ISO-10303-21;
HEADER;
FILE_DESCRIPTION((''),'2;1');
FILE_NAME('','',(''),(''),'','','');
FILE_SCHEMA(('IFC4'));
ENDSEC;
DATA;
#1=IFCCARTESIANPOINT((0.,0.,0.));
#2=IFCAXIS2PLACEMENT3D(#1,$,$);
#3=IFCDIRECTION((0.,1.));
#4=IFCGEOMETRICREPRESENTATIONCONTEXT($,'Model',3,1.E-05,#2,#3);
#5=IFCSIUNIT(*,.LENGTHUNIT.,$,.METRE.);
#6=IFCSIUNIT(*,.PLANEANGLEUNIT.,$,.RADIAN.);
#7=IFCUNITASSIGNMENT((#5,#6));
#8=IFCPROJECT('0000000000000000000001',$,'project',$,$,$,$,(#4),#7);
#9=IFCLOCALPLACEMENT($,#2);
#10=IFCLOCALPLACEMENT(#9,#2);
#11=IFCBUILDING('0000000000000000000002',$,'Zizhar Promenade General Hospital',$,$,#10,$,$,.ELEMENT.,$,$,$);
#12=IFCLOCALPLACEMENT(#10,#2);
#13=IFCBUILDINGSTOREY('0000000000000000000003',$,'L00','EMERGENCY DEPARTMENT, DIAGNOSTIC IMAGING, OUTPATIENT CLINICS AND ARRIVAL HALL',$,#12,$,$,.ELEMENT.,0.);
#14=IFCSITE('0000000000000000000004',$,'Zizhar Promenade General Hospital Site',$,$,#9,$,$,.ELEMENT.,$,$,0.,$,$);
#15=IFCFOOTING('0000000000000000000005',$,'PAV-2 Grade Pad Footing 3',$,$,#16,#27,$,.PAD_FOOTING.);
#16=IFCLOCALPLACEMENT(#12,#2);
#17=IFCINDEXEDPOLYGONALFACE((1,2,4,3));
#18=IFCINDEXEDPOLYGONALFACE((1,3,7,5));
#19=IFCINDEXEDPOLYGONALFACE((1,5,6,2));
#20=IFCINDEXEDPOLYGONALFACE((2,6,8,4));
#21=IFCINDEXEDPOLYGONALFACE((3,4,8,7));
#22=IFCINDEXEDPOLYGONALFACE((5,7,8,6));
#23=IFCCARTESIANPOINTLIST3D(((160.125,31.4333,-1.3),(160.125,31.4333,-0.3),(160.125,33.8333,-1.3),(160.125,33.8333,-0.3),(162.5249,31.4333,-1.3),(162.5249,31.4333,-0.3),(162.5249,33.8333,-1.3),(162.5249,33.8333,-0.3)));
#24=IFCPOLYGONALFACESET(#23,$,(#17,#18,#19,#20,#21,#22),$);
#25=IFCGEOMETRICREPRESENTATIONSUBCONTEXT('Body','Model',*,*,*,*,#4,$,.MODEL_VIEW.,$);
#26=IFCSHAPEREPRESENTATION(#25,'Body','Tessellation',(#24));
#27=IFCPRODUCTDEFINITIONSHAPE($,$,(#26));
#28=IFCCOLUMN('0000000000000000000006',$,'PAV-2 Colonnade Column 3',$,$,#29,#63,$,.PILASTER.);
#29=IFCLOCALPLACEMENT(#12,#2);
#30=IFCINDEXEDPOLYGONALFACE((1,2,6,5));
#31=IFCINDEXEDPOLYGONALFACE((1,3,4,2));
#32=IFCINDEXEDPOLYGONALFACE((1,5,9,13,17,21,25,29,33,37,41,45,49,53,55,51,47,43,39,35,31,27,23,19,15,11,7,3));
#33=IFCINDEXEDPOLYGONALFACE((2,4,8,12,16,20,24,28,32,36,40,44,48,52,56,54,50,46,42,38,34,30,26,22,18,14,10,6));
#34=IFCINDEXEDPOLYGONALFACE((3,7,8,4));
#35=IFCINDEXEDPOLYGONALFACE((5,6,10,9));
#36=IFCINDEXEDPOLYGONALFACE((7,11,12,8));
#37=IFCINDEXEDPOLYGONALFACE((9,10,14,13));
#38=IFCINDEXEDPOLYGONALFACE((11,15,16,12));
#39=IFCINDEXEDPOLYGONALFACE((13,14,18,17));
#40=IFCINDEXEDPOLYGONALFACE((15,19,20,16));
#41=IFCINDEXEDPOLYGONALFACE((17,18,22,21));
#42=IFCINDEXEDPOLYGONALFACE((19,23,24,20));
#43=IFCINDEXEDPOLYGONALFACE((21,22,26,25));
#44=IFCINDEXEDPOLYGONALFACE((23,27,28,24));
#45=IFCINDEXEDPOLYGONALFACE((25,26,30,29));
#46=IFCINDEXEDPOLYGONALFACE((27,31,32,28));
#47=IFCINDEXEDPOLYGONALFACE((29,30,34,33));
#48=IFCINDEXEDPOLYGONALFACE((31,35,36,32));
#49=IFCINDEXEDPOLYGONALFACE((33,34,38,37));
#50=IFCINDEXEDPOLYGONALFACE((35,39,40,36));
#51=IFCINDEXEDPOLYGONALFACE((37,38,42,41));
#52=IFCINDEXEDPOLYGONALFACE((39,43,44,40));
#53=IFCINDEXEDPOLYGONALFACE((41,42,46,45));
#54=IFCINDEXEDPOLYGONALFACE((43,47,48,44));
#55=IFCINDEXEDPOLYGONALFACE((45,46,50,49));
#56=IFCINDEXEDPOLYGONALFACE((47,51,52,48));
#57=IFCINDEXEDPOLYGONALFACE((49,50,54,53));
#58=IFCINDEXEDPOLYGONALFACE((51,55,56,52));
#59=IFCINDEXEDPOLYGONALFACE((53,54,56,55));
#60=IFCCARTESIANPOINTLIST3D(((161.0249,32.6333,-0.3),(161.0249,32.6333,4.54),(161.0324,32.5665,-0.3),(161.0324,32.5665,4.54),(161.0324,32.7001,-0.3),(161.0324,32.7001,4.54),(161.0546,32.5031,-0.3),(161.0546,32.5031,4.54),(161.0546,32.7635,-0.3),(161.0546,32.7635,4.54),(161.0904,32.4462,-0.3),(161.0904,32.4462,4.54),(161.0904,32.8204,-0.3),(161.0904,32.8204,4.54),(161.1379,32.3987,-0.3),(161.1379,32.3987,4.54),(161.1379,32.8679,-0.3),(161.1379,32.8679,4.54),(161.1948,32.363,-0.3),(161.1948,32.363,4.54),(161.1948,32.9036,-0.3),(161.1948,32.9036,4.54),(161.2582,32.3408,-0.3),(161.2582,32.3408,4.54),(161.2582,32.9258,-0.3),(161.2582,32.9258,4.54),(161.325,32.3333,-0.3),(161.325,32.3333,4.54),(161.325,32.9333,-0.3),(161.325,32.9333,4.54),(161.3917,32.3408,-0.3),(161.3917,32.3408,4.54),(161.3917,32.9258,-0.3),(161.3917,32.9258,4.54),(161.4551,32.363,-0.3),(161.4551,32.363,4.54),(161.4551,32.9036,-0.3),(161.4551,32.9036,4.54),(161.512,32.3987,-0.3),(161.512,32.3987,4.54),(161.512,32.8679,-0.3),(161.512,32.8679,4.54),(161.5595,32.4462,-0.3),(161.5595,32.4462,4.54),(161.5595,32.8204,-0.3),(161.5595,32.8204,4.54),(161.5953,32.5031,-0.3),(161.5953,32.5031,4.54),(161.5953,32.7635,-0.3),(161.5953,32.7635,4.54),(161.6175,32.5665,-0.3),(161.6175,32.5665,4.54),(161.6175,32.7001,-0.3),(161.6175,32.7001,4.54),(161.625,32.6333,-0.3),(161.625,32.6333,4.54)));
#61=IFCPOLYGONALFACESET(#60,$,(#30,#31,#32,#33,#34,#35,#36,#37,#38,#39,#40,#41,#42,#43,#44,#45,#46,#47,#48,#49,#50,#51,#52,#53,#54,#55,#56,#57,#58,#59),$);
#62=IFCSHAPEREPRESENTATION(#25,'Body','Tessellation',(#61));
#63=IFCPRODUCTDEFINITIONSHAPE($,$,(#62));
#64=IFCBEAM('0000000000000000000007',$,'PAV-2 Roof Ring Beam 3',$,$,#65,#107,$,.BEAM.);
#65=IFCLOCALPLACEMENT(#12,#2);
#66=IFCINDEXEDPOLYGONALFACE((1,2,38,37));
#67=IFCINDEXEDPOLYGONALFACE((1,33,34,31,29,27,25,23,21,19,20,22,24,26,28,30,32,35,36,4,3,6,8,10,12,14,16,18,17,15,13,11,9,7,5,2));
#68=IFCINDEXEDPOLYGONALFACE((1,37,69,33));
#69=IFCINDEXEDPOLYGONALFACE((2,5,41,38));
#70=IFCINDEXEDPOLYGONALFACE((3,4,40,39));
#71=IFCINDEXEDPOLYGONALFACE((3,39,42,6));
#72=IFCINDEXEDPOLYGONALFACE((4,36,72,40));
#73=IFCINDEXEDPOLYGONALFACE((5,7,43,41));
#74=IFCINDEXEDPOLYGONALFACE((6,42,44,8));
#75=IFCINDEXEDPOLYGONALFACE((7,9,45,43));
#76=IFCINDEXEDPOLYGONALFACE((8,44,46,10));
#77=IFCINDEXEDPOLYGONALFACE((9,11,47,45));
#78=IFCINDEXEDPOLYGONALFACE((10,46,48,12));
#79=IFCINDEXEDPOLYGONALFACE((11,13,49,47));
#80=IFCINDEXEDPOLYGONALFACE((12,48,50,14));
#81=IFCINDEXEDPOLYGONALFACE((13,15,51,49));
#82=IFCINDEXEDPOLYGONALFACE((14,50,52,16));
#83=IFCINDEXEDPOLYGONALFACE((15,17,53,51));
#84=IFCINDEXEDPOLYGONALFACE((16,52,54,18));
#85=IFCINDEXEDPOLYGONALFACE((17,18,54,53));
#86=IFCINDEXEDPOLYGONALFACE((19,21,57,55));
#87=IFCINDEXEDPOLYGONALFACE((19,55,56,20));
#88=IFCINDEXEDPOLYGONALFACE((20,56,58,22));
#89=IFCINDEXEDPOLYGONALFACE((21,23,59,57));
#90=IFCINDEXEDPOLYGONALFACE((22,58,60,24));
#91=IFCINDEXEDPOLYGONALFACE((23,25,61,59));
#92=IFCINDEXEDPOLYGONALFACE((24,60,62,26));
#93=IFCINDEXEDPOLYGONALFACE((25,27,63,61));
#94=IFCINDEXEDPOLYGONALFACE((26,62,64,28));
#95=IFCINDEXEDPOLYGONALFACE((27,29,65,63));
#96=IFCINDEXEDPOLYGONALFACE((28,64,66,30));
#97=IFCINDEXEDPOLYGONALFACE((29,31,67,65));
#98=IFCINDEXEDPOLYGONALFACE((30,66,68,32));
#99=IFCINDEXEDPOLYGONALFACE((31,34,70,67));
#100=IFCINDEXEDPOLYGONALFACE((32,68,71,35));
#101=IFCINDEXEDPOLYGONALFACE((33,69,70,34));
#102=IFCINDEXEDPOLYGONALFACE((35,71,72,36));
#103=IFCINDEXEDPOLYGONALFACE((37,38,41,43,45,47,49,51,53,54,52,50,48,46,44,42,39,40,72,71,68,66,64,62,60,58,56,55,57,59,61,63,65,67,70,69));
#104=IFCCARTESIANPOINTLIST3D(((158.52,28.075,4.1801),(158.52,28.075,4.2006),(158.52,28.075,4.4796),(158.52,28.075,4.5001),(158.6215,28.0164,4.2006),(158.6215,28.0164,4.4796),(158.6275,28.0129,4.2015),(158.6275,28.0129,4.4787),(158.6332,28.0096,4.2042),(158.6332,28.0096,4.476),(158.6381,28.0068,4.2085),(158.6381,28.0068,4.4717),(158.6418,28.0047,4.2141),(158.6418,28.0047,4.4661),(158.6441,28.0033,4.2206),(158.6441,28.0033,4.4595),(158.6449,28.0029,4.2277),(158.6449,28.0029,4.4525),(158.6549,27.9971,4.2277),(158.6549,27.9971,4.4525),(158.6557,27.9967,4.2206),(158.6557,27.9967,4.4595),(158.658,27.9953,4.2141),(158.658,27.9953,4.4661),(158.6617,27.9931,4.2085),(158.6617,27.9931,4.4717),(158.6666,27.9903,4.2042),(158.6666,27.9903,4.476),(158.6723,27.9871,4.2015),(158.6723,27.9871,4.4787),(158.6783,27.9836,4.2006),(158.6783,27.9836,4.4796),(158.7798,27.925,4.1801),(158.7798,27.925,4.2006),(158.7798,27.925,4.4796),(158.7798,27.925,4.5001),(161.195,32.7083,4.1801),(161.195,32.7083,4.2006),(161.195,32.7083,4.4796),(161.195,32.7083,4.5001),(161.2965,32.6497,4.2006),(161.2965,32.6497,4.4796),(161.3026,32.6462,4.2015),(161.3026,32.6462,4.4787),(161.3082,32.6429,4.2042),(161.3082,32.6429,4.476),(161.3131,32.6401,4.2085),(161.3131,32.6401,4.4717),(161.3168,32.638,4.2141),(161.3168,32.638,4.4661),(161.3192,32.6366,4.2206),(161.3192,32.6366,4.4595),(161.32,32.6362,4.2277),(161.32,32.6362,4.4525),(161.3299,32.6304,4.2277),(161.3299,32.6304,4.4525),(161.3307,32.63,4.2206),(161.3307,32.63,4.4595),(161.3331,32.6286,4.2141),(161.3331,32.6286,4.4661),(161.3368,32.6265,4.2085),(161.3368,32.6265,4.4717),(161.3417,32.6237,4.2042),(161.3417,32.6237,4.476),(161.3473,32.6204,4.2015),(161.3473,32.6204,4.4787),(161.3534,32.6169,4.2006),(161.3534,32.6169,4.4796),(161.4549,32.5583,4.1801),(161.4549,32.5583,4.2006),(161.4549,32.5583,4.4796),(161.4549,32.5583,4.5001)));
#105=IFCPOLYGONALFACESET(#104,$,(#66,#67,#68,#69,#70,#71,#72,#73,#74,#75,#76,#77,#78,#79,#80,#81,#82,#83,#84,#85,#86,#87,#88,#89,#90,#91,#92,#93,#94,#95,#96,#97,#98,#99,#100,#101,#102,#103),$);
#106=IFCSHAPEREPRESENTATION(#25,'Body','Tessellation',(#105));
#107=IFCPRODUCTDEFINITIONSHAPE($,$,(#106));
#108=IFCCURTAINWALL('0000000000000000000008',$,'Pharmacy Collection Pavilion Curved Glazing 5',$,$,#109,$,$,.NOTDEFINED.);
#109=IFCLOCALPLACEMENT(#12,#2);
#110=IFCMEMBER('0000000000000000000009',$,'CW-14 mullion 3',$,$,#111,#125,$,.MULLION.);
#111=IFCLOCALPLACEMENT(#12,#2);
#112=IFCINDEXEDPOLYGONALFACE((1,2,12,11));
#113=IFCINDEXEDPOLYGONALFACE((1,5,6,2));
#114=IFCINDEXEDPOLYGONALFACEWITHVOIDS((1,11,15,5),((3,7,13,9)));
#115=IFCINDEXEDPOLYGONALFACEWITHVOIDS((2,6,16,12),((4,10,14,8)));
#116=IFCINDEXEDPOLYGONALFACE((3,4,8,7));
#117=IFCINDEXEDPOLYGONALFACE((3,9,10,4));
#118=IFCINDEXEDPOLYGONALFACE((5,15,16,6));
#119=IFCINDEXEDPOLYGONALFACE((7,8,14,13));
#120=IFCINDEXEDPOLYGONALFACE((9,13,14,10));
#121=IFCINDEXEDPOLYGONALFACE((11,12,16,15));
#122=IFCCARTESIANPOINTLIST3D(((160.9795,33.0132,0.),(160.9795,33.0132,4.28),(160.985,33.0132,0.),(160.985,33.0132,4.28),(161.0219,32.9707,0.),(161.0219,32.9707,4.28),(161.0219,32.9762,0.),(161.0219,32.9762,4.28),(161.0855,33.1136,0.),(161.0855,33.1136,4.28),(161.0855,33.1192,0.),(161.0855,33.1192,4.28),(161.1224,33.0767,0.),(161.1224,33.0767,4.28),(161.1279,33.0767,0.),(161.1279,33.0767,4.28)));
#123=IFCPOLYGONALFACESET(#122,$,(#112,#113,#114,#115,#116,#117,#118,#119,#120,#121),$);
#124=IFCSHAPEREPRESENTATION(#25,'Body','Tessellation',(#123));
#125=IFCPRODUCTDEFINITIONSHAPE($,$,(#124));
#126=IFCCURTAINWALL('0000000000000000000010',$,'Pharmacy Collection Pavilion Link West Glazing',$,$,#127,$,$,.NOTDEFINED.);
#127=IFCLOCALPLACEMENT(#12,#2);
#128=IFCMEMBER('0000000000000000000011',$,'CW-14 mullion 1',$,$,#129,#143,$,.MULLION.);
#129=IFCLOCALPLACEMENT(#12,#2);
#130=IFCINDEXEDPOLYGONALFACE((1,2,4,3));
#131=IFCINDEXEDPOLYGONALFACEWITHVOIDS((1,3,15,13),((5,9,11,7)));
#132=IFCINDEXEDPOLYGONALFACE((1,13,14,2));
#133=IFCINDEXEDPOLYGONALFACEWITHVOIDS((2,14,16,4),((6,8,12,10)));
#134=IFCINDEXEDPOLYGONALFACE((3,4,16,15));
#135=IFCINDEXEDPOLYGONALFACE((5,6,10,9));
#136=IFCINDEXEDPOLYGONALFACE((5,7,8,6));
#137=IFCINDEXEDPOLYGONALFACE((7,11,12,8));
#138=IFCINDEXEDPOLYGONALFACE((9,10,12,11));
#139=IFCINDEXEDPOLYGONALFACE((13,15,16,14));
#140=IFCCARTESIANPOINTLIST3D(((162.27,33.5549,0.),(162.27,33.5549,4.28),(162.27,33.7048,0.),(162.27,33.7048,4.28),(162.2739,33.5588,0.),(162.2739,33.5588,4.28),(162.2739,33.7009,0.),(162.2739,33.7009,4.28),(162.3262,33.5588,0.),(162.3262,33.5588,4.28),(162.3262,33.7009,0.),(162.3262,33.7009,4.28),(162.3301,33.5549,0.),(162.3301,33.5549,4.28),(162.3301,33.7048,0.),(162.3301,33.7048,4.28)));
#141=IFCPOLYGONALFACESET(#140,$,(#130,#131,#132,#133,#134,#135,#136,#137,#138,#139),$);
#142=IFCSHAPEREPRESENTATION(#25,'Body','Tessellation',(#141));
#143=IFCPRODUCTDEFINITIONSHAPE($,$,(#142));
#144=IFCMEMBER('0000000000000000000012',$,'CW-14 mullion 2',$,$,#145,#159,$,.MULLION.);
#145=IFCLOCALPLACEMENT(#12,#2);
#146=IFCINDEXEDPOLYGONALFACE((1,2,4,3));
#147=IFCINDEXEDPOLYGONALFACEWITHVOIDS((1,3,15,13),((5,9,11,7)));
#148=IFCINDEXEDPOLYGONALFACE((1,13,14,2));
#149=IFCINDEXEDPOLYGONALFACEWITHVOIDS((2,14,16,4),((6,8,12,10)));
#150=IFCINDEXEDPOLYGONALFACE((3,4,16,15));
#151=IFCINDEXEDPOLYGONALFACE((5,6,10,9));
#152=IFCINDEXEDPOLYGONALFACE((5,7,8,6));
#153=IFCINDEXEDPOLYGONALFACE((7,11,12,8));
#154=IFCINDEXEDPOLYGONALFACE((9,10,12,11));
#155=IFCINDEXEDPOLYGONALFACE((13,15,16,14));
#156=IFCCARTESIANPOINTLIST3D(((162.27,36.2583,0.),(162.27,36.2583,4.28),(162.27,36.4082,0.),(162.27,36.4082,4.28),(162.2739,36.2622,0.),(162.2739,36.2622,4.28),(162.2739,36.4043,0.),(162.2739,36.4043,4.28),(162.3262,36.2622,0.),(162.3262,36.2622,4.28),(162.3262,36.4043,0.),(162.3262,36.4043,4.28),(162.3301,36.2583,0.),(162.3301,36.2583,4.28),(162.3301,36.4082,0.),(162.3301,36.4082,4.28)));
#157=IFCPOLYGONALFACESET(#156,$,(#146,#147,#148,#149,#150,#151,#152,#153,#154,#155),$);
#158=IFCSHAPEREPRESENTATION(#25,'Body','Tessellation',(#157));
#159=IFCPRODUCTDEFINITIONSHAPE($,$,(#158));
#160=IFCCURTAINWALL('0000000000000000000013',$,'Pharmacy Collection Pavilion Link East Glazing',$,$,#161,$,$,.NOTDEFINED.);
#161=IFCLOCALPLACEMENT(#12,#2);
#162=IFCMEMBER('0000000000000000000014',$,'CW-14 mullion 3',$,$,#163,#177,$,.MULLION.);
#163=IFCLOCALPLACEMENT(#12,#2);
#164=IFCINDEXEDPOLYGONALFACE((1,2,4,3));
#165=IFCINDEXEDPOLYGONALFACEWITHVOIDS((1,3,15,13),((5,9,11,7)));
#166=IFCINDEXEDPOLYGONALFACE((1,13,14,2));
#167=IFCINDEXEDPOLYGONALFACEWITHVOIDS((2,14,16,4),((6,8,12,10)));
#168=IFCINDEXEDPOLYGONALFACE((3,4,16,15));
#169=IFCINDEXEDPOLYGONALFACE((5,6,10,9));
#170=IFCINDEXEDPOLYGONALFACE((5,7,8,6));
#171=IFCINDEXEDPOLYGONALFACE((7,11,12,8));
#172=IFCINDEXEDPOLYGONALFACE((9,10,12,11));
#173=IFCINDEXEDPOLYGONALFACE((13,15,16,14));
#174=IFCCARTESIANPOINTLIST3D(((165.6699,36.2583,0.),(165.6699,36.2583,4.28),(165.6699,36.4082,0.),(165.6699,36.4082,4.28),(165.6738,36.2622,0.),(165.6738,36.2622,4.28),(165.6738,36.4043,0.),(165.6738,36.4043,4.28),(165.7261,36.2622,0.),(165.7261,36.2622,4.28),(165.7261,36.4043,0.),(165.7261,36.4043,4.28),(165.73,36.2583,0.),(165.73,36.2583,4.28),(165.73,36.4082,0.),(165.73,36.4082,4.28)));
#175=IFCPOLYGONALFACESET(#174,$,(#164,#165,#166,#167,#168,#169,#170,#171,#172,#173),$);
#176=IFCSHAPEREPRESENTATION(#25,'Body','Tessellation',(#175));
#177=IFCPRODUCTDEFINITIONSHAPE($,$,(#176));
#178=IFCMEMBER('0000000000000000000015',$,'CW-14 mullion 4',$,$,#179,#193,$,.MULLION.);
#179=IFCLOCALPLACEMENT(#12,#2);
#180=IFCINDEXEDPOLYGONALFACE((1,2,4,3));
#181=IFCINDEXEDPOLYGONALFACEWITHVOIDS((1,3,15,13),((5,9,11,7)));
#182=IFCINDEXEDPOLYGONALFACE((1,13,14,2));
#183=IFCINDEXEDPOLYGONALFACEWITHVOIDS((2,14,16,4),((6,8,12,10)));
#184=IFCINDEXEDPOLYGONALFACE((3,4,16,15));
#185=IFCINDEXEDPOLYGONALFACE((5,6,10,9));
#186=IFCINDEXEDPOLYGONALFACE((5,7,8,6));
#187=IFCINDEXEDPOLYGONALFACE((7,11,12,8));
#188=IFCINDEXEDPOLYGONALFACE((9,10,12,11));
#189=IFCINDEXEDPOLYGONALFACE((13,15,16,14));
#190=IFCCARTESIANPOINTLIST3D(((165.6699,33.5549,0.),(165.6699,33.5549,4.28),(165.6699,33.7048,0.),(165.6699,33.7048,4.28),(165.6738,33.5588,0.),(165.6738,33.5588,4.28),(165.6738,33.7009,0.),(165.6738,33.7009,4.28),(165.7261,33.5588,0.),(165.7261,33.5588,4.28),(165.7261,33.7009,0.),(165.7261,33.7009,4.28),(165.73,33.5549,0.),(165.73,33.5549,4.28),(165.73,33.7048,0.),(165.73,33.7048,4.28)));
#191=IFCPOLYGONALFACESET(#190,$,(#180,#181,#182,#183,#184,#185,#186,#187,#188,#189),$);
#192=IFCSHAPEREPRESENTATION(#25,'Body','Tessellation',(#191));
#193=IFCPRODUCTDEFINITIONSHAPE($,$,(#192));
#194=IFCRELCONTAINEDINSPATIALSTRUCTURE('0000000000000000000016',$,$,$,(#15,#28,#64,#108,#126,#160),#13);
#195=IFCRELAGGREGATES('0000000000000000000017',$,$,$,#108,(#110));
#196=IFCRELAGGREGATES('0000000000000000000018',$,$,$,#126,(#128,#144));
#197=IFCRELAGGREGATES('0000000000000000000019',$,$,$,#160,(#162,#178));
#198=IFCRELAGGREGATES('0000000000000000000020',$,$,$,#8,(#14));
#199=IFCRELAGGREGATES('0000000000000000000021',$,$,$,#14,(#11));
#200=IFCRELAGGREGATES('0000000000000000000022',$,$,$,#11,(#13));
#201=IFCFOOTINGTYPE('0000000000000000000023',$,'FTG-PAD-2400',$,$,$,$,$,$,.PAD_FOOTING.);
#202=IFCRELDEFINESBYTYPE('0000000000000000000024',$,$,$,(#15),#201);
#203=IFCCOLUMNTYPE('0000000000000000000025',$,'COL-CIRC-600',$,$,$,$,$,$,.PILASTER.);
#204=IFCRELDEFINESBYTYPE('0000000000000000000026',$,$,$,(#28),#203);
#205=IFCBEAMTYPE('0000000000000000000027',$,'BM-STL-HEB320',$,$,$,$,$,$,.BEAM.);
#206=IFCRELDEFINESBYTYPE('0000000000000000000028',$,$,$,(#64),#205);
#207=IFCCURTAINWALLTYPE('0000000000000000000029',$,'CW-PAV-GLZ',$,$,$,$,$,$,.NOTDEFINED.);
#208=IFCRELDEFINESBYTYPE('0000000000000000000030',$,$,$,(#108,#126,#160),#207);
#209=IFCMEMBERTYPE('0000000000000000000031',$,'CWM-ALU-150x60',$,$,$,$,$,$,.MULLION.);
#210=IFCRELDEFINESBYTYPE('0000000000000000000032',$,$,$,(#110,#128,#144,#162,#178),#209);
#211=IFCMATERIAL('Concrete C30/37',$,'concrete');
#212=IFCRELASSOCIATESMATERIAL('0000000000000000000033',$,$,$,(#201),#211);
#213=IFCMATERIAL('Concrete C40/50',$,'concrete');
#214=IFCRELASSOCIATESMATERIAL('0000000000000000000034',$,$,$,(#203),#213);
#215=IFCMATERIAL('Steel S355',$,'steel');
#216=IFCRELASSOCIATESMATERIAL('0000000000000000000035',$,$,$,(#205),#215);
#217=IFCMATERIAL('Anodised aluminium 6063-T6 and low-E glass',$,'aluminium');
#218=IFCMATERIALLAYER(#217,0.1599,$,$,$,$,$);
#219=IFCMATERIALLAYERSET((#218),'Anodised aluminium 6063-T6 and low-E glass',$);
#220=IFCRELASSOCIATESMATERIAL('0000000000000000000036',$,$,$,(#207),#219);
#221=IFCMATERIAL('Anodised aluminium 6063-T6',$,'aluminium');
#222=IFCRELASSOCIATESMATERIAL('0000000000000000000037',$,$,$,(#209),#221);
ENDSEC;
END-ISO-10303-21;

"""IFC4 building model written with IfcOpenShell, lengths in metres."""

from ifc_helpers import new_model, si_unit, direction, frame, origin, origin_2d, place, context, subcontext, project, spatial, rectangle, hollow_rectangle, circle, i_section, extrude, material, layer, layer_set, material_profile, profile_set, type_object, element, aggregate, save


model = new_model("IFC4")

# Units and contexts
model_context = context("Model", 3, precision=1e-05, world=origin(), true_north=direction((0.0, 1.0)))
body_context = subcontext(model_context, "Body", "Model", "MODEL_VIEW")
ifc_project = project(units=[si_unit("LENGTHUNIT", "METRE"), si_unit("PLANEANGLEUNIT", "RADIAN")], contexts=[model_context])

# Site, building, storey
site_placement = place(None, origin())
site = spatial("IfcSite", under=ifc_project, at=site_placement, Name="Zizhar Promenade General Hospital Site", CompositionType="ELEMENT", RefElevation=0.0)
building_placement = place(site_placement, origin())
building = spatial("IfcBuilding", under=site, at=building_placement, Name="Zizhar Promenade General Hospital", CompositionType="ELEMENT")
storey_placement = place(building_placement, origin())
storey = spatial("IfcBuildingStorey", under=building, at=storey_placement, Name="L00", Description="EMERGENCY DEPARTMENT, DIAGNOSTIC IMAGING, OUTPATIENT CLINICS AND ARRIVAL HALL", CompositionType="ELEMENT", Elevation=0.0)

# Footing
ifc_material_1 = material(Name="Concrete C30/37", Category="concrete")
footing_type = type_object("IfcFootingType", Name="FTG-PAD-2400", PredefinedType="PAD_FOOTING", material=ifc_material_1)
footing_placement = place(storey_placement, frame((161.325, 32.6333, -1.3), z_axis=(0.0, 0.0, 1.0), x_axis=(1.0, 0.0, 0.0)))
element("IfcFooting", 1, at=footing_placement, inside=storey, type_object=footing_type, Name="PAV-2 Grade Pad Footing 3", PredefinedType="PAD_FOOTING", context=body_context, shape_type="SweptSolid", body=[
    extrude(rectangle(XDim=2.3999, YDim=2.3999, at=origin_2d()), origin(), (0.0, 0.0, 1.0), 1.0),
])

# Column
ifc_material_2 = material(Name="Concrete C40/50", Category="concrete")
ifc_material_profile_1 = material_profile(ifc_material_2, circle(Radius=0.3, at=origin_2d()))
ifc_profile_set_1 = profile_set([ifc_material_profile_1], Name="Concrete C40/50")
column_type = type_object("IfcColumnType", Name="COL-CIRC-600", PredefinedType="PILASTER", material=ifc_profile_set_1)
column_placement = place(storey_placement, frame((161.325, 32.6333, -0.3), z_axis=(0.0, 0.0, 1.0), x_axis=(1.0, 0.0, 0.0)))
element("IfcColumn", 2, at=column_placement, inside=storey, type_object=column_type, Name="PAV-2 Colonnade Column 3", PredefinedType="PILASTER", context=body_context, shape_type="SweptSolid", body=[
    extrude(circle(Radius=0.3, at=origin_2d()), origin(), (0.0, 0.0, 1.0), 4.8401),
])

# Beam
ifc_material_3 = material(Name="Steel S355", Category="steel")
ifc_material_profile_2 = material_profile(ifc_material_3, i_section(OverallWidth=0.3, OverallDepth=0.3201, WebThickness=0.0115, FlangeThickness=0.0205, FilletRadius=0.0271, at=origin_2d()))
ifc_profile_set_2 = profile_set([ifc_material_profile_2], Name="Steel S355")
beam_type = type_object("IfcBeamType", Name="BM-STL-HEB320", PredefinedType="BEAM", material=ifc_profile_set_2)
beam_placement = place(storey_placement, frame((161.325, 32.6333, 4.3401), z_axis=(-0.500002, -0.866024, 0.0), x_axis=(0.866024, -0.500002, 0.0)))
element("IfcBeam", 3, at=beam_placement, inside=storey, type_object=beam_type, Name="PAV-2 Roof Ring Beam 3", PredefinedType="BEAM", context=body_context, shape_type="SweptSolid", body=[
    extrude(i_section(OverallWidth=0.3, OverallDepth=0.3201, WebThickness=0.0115, FlangeThickness=0.0205, FilletRadius=0.0271, at=origin_2d()), origin(), (0.0, 0.0, 1.0), 5.3501),
])

# Curtain wall, member
ifc_material_4 = material(Name="Anodised aluminium 6063-T6 and low-E glass", Category="aluminium")
ifc_layer_1 = layer(ifc_material_4, 0.1599)
ifc_layer_set_1 = layer_set([ifc_layer_1], Name="Anodised aluminium 6063-T6 and low-E glass")
curtain_wall_type = type_object("IfcCurtainWallType", Name="CW-PAV-GLZ", PredefinedType="NOTDEFINED", material=ifc_layer_set_1)
curtain_wall_1_placement = place(storey_placement, origin())
curtain_wall_1 = element("IfcCurtainWall", 4, at=curtain_wall_1_placement, inside=storey, type_object=curtain_wall_type, Name="Pharmacy Collection Pavilion Curved Glazing 5", PredefinedType="NOTDEFINED")
ifc_material_5 = material(Name="Anodised aluminium 6063-T6", Category="aluminium")
ifc_material_profile_3 = material_profile(ifc_material_5, hollow_rectangle(XDim=0.0601, YDim=0.1499, WallThickness=0.0039, at=origin_2d()))
ifc_profile_set_3 = profile_set([ifc_material_profile_3], Name="Anodised aluminium 6063-T6")
member_type_1 = type_object("IfcMemberType", Name="CWM-ALU-150x60", PredefinedType="MULLION", material=ifc_profile_set_3)
member_1_placement = place(storey_placement, frame((161.0537, 33.0449, 0.0), z_axis=(0.0, 0.0, 1.0), x_axis=(-0.707107, 0.707107, 0.0)))
member_1 = element("IfcMember", 5, at=member_1_placement, type_object=member_type_1, Name="CW-14 mullion 3", PredefinedType="MULLION", context=body_context, shape_type="SweptSolid", body=[
    extrude(hollow_rectangle(XDim=0.0601, YDim=0.1499, WallThickness=0.0039, at=origin_2d()), origin(), (0.0, 0.0, 1.0), 4.28),
])

# Curtain walls, members
curtain_wall_2_placement = place(storey_placement, origin())
curtain_wall_2 = element("IfcCurtainWall", 6, at=curtain_wall_2_placement, inside=storey, type_object=curtain_wall_type, Name="Pharmacy Collection Pavilion Link West Glazing", PredefinedType="NOTDEFINED")
member_2_placement = place(storey_placement, frame((162.3, 33.6299, 0.0), z_axis=(0.0, 0.0, 1.0), x_axis=(-1.0, 0.0, 0.0)))
member_2 = element("IfcMember", 7, at=member_2_placement, type_object=member_type_1, Name="CW-14 mullion 1", PredefinedType="MULLION", context=body_context, shape_type="SweptSolid", body=[
    extrude(hollow_rectangle(XDim=0.0601, YDim=0.1499, WallThickness=0.0039, at=origin_2d()), origin(), (0.0, 0.0, 1.0), 4.28),
])
member_3_placement = place(storey_placement, frame((162.3, 36.3333, 0.0), z_axis=(0.0, 0.0, 1.0), x_axis=(-1.0, 0.0, 0.0)))
member_3 = element("IfcMember", 8, at=member_3_placement, type_object=member_type_1, Name="CW-14 mullion 2", PredefinedType="MULLION", context=body_context, shape_type="SweptSolid", body=[
    extrude(hollow_rectangle(XDim=0.0601, YDim=0.1499, WallThickness=0.0039, at=origin_2d()), origin(), (0.0, 0.0, 1.0), 4.28),
])
curtain_wall_3_placement = place(storey_placement, origin())
curtain_wall_3 = element("IfcCurtainWall", 9, at=curtain_wall_3_placement, inside=storey, type_object=curtain_wall_type, Name="Pharmacy Collection Pavilion Link East Glazing", PredefinedType="NOTDEFINED")
member_4_placement = place(storey_placement, frame((165.7, 36.3333, 0.0), z_axis=(0.0, 0.0, 1.0), x_axis=(1.0, 0.0, 0.0)))
member_4 = element("IfcMember", 10, at=member_4_placement, type_object=member_type_1, Name="CW-14 mullion 3", PredefinedType="MULLION", context=body_context, shape_type="SweptSolid", body=[
    extrude(hollow_rectangle(XDim=0.0601, YDim=0.1499, WallThickness=0.0039, at=origin_2d()), origin(), (0.0, 0.0, 1.0), 4.28),
])
member_5_placement = place(storey_placement, frame((165.7, 33.6299, 0.0), z_axis=(0.0, 0.0, 1.0), x_axis=(1.0, 0.0, 0.0)))
member_5 = element("IfcMember", 11, at=member_5_placement, type_object=member_type_1, Name="CW-14 mullion 4", PredefinedType="MULLION", context=body_context, shape_type="SweptSolid", body=[
    extrude(hollow_rectangle(XDim=0.0601, YDim=0.1499, WallThickness=0.0039, at=origin_2d()), origin(), (0.0, 0.0, 1.0), 4.28),
])

aggregate(curtain_wall_1, [member_1])
aggregate(curtain_wall_2, [member_2, member_3])
aggregate(curtain_wall_3, [member_4, member_5])

save(model, "model.ifc")
